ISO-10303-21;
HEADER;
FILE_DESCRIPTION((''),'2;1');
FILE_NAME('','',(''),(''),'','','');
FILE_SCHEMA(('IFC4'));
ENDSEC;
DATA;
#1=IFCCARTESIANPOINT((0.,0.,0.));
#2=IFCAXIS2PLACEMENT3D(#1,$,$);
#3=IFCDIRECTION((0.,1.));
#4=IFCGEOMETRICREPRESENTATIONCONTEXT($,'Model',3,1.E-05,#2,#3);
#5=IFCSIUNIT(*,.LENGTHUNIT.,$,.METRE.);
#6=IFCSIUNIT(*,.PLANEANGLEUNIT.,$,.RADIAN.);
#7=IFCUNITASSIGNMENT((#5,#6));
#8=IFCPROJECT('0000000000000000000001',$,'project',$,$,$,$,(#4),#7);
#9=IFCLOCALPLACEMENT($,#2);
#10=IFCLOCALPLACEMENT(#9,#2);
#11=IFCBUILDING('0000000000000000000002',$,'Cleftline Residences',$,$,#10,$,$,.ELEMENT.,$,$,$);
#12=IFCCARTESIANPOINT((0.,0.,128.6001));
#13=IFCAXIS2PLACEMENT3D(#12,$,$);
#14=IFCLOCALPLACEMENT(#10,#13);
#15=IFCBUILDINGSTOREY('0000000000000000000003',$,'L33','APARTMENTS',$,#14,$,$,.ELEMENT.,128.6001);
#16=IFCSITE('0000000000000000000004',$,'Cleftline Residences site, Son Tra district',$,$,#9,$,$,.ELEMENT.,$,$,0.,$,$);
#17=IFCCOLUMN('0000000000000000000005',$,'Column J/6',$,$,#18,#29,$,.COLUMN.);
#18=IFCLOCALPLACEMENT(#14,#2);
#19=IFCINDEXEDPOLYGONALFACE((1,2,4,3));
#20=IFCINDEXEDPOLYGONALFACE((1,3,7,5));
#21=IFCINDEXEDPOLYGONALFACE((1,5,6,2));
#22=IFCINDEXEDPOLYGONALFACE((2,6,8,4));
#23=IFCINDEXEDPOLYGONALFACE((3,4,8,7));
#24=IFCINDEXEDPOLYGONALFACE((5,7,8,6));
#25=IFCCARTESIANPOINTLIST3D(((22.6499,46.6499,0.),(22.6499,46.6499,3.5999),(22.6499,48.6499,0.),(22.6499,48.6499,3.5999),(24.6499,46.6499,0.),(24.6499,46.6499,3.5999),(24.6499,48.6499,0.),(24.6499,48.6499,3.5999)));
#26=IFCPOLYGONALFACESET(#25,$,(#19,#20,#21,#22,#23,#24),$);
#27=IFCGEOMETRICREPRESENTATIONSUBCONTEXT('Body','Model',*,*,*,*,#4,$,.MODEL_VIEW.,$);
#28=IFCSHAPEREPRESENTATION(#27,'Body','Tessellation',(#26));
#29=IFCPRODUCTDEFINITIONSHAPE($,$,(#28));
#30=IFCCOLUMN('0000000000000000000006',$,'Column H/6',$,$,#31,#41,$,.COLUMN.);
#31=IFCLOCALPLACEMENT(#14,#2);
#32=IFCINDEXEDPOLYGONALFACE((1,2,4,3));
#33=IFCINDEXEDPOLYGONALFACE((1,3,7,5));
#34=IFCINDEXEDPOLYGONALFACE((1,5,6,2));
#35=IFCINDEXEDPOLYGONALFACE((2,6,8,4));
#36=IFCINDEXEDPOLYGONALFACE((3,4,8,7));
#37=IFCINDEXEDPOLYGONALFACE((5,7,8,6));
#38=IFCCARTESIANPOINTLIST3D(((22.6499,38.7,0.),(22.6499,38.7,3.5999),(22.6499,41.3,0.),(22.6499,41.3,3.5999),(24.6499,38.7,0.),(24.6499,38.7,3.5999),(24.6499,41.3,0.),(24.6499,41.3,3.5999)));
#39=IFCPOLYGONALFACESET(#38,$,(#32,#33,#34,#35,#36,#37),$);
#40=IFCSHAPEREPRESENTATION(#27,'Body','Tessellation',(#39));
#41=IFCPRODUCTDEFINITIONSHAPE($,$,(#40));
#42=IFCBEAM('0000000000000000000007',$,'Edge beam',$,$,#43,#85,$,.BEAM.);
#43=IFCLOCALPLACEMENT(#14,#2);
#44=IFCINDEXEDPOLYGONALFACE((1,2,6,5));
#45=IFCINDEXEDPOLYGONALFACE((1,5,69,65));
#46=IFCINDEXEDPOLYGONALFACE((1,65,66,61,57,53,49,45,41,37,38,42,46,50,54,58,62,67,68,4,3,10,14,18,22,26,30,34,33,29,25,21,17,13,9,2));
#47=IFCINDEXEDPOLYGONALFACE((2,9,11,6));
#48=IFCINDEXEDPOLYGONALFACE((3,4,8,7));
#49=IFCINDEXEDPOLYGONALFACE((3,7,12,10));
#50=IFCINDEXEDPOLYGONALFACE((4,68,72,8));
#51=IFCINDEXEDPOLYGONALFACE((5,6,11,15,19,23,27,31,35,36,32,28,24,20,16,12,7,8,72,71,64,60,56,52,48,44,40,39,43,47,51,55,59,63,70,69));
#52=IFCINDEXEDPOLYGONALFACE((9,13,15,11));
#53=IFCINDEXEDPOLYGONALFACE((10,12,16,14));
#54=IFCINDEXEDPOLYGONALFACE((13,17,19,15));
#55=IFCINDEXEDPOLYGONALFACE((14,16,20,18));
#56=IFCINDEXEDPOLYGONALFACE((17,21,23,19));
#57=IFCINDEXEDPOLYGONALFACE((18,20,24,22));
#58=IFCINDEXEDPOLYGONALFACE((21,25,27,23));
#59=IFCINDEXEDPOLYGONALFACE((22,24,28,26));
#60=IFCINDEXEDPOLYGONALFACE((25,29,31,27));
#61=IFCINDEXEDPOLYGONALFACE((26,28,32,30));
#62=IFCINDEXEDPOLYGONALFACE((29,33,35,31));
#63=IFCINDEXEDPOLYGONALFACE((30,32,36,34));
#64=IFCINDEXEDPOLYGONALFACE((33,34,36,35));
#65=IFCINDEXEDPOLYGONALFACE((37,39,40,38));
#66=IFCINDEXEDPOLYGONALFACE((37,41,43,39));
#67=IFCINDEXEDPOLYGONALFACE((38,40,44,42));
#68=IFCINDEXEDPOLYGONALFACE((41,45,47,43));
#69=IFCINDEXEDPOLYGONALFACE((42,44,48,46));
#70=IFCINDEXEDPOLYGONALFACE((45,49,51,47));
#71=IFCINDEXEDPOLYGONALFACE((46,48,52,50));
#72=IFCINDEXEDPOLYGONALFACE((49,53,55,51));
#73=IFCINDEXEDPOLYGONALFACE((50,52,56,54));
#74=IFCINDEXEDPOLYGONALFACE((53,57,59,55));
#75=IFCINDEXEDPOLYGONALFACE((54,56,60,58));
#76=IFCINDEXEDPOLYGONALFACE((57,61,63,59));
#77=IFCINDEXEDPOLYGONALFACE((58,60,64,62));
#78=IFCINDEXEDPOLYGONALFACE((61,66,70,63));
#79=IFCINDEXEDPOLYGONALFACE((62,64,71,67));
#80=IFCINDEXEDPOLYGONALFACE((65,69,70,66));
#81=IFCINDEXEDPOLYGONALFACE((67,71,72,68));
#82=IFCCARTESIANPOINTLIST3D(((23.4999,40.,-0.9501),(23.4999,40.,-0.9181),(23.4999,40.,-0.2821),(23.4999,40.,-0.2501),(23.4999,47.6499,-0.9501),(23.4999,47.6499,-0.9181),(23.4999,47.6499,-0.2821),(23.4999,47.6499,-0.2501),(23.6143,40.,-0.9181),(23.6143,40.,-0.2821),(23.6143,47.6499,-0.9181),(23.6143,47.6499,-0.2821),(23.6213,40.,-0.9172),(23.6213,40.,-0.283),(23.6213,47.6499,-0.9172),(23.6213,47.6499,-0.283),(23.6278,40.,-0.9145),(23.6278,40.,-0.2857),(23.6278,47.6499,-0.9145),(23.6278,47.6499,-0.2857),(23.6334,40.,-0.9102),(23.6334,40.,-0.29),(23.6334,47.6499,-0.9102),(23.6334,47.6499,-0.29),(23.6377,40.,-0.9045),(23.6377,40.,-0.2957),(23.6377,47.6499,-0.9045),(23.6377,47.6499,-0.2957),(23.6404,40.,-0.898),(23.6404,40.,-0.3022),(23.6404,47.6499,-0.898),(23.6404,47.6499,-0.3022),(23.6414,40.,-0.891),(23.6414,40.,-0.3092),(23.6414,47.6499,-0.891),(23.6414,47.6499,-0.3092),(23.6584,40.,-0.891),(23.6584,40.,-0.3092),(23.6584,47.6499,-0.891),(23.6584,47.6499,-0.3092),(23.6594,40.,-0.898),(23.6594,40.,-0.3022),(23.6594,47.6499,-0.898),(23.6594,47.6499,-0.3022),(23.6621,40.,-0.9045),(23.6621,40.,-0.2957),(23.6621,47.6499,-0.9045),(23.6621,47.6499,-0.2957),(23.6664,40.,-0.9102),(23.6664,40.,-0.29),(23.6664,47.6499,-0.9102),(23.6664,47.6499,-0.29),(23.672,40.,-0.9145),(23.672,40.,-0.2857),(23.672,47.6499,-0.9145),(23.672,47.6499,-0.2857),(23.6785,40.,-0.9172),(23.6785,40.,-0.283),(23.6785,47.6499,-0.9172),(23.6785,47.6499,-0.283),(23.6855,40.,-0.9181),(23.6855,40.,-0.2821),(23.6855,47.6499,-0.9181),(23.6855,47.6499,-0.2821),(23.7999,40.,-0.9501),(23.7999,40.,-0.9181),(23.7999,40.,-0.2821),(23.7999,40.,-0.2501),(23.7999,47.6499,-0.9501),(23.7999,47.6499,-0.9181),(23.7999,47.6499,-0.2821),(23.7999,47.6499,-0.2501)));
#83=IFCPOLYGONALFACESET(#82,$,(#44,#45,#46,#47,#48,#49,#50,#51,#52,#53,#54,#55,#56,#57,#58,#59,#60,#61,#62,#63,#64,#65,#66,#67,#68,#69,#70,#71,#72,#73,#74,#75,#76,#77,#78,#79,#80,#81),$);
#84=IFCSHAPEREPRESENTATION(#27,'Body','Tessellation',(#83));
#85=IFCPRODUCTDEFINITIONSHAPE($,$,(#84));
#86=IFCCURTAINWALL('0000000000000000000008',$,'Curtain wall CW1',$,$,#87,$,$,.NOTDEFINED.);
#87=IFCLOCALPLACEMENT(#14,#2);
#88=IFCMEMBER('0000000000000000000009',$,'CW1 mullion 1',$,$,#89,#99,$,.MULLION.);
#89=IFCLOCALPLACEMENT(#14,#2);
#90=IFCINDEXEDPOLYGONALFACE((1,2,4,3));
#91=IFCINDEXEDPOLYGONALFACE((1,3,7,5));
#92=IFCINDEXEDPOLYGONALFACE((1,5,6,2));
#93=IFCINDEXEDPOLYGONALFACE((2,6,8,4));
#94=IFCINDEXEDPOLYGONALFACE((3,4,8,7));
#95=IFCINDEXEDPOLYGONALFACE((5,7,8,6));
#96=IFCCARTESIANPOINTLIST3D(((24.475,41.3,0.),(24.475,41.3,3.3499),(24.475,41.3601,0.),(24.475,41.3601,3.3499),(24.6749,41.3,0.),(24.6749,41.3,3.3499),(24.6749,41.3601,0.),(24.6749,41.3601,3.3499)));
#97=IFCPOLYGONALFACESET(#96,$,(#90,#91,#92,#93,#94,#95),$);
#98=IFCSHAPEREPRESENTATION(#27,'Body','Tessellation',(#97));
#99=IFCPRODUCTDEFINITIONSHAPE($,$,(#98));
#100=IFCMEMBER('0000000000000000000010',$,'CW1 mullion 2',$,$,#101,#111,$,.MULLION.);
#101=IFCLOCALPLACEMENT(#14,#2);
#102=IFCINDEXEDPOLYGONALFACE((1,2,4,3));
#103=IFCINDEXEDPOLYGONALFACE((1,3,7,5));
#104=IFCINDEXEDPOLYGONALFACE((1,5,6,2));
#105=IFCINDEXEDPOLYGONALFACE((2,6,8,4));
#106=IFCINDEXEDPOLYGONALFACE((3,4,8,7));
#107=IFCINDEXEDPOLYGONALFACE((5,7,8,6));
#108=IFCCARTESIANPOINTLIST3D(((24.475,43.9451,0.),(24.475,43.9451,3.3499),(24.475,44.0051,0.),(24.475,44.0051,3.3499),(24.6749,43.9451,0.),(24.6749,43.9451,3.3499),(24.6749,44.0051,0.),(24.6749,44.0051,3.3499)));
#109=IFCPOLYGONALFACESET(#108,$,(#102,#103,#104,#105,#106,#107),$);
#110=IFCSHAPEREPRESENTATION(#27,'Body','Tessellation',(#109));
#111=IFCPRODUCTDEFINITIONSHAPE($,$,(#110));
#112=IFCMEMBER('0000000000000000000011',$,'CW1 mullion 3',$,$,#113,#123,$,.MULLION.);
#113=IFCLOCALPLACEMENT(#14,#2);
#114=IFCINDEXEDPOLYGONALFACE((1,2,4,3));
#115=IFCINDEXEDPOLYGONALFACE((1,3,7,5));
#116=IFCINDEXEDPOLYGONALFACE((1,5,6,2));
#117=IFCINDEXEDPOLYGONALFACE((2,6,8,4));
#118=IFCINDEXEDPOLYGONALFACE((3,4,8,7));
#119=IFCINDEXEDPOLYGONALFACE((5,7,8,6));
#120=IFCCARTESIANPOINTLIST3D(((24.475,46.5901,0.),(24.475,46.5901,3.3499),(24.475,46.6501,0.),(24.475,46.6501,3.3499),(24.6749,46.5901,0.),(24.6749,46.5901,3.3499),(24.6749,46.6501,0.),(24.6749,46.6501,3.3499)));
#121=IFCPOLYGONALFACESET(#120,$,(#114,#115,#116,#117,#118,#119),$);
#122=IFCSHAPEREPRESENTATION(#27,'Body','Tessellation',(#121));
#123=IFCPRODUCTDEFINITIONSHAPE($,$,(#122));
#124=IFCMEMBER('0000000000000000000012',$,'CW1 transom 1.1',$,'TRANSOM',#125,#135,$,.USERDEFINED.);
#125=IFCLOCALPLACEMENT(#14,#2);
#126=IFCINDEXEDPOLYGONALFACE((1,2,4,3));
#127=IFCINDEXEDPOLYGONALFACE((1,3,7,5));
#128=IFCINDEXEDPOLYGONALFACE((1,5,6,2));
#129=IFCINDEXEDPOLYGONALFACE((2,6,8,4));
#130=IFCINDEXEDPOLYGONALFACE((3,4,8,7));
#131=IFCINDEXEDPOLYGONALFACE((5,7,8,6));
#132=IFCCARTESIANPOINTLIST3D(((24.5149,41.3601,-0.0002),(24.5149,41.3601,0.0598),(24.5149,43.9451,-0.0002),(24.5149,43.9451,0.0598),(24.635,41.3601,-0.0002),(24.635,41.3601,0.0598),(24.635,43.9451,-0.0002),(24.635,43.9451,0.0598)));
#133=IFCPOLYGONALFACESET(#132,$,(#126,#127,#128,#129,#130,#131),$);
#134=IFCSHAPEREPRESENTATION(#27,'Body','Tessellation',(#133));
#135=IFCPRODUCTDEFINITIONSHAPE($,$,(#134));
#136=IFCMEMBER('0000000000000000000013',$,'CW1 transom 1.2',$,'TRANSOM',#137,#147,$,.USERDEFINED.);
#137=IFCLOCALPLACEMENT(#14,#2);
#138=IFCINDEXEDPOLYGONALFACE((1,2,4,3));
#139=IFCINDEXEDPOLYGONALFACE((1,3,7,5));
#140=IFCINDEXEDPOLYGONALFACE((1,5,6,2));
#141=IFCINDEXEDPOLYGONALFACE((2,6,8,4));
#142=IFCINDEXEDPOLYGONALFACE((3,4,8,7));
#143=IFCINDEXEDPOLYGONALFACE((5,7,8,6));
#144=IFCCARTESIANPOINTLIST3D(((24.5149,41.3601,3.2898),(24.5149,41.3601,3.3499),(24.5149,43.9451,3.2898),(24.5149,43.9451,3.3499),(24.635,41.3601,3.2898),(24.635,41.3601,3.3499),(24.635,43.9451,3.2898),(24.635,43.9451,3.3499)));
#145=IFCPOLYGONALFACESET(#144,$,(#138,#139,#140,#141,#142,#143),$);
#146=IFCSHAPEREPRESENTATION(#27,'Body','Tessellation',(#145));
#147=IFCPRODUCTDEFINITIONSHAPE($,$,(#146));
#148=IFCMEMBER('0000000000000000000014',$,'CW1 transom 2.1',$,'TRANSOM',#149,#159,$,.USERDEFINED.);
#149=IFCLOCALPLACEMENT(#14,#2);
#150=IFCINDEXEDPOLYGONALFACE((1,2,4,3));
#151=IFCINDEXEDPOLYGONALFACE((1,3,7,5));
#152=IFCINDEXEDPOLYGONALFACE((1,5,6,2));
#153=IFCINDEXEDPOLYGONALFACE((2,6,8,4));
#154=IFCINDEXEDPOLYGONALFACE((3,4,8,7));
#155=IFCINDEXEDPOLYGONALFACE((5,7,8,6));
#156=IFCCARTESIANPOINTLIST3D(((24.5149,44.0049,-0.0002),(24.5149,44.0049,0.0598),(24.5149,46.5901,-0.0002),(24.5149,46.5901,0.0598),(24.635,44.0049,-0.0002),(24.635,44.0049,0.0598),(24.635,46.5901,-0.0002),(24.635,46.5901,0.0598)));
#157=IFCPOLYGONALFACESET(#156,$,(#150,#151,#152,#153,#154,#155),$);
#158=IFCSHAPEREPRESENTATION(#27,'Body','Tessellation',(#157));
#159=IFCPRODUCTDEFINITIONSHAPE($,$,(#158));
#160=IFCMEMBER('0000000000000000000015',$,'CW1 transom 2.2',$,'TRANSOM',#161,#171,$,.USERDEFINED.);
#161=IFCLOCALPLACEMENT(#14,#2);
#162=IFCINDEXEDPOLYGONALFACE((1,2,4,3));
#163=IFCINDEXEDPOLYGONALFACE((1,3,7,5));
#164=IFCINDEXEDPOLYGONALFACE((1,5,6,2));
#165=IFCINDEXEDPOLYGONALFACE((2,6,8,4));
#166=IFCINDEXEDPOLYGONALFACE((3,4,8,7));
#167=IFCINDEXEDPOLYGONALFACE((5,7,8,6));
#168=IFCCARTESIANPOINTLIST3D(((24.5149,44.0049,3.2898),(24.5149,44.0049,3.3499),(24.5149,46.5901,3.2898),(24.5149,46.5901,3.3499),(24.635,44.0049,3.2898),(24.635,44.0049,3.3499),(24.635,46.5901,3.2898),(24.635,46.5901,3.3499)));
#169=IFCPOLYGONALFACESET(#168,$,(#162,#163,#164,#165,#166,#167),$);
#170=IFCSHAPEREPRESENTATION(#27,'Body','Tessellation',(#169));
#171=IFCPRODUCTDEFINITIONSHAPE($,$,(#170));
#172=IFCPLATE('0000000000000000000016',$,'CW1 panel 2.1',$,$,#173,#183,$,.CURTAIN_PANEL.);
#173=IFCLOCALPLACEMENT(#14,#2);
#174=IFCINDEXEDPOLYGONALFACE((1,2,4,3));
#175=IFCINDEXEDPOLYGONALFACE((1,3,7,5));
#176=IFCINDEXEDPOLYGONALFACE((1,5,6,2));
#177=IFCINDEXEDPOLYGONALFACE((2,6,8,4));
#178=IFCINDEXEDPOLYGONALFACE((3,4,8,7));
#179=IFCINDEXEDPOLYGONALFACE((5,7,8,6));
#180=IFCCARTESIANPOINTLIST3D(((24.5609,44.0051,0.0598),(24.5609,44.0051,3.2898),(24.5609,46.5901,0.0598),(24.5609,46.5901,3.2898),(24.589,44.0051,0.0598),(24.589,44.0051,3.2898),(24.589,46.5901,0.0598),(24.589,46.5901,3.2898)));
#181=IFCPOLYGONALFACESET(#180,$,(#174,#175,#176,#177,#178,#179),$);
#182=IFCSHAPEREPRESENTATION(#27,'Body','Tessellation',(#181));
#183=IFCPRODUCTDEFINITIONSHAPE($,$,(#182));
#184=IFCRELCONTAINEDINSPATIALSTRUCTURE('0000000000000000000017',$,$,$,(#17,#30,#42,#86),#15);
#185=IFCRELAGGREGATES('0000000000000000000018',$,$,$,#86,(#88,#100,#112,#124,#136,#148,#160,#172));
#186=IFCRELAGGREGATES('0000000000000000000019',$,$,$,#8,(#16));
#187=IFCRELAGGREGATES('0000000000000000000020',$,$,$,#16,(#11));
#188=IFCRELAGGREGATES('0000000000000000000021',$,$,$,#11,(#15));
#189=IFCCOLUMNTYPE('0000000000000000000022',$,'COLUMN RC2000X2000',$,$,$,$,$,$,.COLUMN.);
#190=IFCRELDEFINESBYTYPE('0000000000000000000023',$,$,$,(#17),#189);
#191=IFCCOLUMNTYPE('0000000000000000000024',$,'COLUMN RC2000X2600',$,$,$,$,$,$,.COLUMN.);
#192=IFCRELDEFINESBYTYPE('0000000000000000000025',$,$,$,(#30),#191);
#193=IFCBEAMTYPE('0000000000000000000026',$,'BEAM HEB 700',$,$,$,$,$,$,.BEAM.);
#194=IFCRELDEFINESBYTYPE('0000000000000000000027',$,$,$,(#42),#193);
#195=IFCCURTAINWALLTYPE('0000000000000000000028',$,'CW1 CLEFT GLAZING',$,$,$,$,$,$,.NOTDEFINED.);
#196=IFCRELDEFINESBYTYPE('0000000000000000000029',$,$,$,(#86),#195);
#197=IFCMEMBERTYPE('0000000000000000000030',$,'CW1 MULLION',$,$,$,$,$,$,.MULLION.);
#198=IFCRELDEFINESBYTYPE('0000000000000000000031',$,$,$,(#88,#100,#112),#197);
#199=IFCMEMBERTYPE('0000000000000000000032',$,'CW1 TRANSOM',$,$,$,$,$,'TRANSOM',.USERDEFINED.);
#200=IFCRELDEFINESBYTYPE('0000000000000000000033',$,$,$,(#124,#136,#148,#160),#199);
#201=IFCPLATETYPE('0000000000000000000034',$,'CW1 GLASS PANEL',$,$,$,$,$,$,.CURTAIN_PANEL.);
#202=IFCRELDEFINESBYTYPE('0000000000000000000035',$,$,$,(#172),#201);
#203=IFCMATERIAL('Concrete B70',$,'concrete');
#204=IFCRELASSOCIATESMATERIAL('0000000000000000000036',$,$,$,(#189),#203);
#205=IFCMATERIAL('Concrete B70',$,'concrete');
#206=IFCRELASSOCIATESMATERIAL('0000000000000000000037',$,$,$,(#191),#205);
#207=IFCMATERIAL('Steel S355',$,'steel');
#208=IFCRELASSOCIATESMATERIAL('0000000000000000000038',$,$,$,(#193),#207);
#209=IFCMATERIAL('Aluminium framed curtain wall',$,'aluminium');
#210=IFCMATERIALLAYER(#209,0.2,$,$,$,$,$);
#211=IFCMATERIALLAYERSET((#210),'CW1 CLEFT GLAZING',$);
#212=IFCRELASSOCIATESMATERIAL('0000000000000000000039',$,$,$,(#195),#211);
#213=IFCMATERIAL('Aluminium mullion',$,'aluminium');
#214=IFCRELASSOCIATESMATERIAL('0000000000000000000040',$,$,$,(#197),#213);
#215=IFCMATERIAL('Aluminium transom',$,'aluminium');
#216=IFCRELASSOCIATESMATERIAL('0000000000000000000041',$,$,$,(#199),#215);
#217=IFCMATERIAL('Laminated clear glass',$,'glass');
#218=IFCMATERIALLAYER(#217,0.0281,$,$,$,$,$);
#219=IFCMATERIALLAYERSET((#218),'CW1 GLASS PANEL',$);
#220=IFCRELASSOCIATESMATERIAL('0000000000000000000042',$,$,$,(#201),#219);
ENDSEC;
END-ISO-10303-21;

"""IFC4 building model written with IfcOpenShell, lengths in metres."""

from ifc_helpers import new_model, si_unit, direction, frame, origin, origin_2d, place, context, subcontext, project, spatial, rectangle, i_section, extrude, material, layer, layer_set, material_profile, profile_set, type_object, element, aggregate, save


model = new_model("IFC4")

# Units and contexts
model_context = context("Model", 3, precision=1e-05, world=origin(), true_north=direction((0.0, 1.0)))
body_context = subcontext(model_context, "Body", "Model", "MODEL_VIEW")
ifc_project = project(units=[si_unit("LENGTHUNIT", "METRE"), si_unit("PLANEANGLEUNIT", "RADIAN")], contexts=[model_context])

# Site, building, storey
site_placement = place(None, origin())
site = spatial("IfcSite", under=ifc_project, at=site_placement, Name="Cleftline Residences site, Son Tra district", CompositionType="ELEMENT", RefElevation=0.0)
building_placement = place(site_placement, origin())
building = spatial("IfcBuilding", under=site, at=building_placement, Name="Cleftline Residences", CompositionType="ELEMENT")
storey_placement = place(building_placement, frame((0.0, 0.0, 128.6001)))
storey = spatial("IfcBuildingStorey", under=building, at=storey_placement, Name="L33", Description="APARTMENTS", CompositionType="ELEMENT", Elevation=128.6001)

# Columns
ifc_material_1 = material(Name="Concrete B70", Category="concrete")
ifc_material_profile_1 = material_profile(ifc_material_1, rectangle(XDim=2.0, YDim=2.0, at=origin_2d()))
ifc_profile_set_1 = profile_set([ifc_material_profile_1], Name="Concrete B70")
column_type_1 = type_object("IfcColumnType", Name="COLUMN RC2000X2000", PredefinedType="COLUMN", material=ifc_profile_set_1)
column_1_placement = place(storey_placement, frame((23.6499, 47.6499, 0.0), z_axis=(0.0, 0.0, 1.0), x_axis=(1.0, 0.0, 0.0)))
element("IfcColumn", 1, at=column_1_placement, inside=storey, type_object=column_type_1, Name="Column J/6", PredefinedType="COLUMN", context=body_context, shape_type="SweptSolid", body=[
    extrude(rectangle(XDim=2.0, YDim=2.0, at=origin_2d()), origin(), (0.0, 0.0, 1.0), 3.5999),
])
ifc_material_2 = material(Name="Concrete B70", Category="concrete")
ifc_material_profile_2 = material_profile(ifc_material_2, rectangle(XDim=2.0, YDim=2.6001, at=origin_2d()))
ifc_profile_set_2 = profile_set([ifc_material_profile_2], Name="Concrete B70")
column_type_2 = type_object("IfcColumnType", Name="COLUMN RC2000X2600", PredefinedType="COLUMN", material=ifc_profile_set_2)
column_2_placement = place(storey_placement, frame((23.6499, 40.0, 0.0), z_axis=(0.0, 0.0, 1.0), x_axis=(1.0, 0.0, 0.0)))
element("IfcColumn", 2, at=column_2_placement, inside=storey, type_object=column_type_2, Name="Column H/6", PredefinedType="COLUMN", context=body_context, shape_type="SweptSolid", body=[
    extrude(rectangle(XDim=2.0, YDim=2.6001, at=origin_2d()), origin(), (0.0, 0.0, 1.0), 3.5999),
])

# Beam
ifc_material_3 = material(Name="Steel S355", Category="steel")
ifc_material_profile_3 = material_profile(ifc_material_3, i_section(OverallWidth=0.3, OverallDepth=0.7, WebThickness=0.0171, FlangeThickness=0.032, FilletRadius=0.0271, at=origin_2d()))
ifc_profile_set_3 = profile_set([ifc_material_profile_3], Name="Steel S355")
beam_type = type_object("IfcBeamType", Name="BEAM HEB 700", PredefinedType="BEAM", material=ifc_profile_set_3)
beam_placement = place(storey_placement, frame((23.6499, 47.6499, -0.6001), z_axis=(0.0, -1.0, 0.0), x_axis=(1.0, 0.0, 0.0)))
element("IfcBeam", 3, at=beam_placement, inside=storey, type_object=beam_type, Name="Edge beam", PredefinedType="BEAM", context=body_context, shape_type="SweptSolid", body=[
    extrude(i_section(OverallWidth=0.3, OverallDepth=0.7, WebThickness=0.0171, FlangeThickness=0.032, FilletRadius=0.0271, at=origin_2d()), origin(), (0.0, 0.0, 1.0), 7.6499),
])

# Curtain wall, members, plate
ifc_material_4 = material(Name="Aluminium framed curtain wall", Category="aluminium")
ifc_layer_1 = layer(ifc_material_4, 0.2)
ifc_layer_set_1 = layer_set([ifc_layer_1], Name="CW1 CLEFT GLAZING")
curtain_wall_type = type_object("IfcCurtainWallType", Name="CW1 CLEFT GLAZING", PredefinedType="NOTDEFINED", material=ifc_layer_set_1)
curtain_wall_placement = place(storey_placement, origin())
curtain_wall = element("IfcCurtainWall", 4, at=curtain_wall_placement, inside=storey, type_object=curtain_wall_type, Name="Curtain wall CW1", PredefinedType="NOTDEFINED")
ifc_material_5 = material(Name="Aluminium mullion", Category="aluminium")
ifc_material_profile_4 = material_profile(ifc_material_5, rectangle(XDim=0.2, YDim=0.0601, at=origin_2d()))
ifc_profile_set_4 = profile_set([ifc_material_profile_4], Name="Aluminium mullion")
member_type_1 = type_object("IfcMemberType", Name="CW1 MULLION", PredefinedType="MULLION", material=ifc_profile_set_4)
member_1_placement = place(storey_placement, frame((24.575, 41.3301, 0.0), z_axis=(0.0, 0.0, 1.0), x_axis=(-1.0, 0.0, 0.0)))
member_1 = element("IfcMember", 5, at=member_1_placement, type_object=member_type_1, Name="CW1 mullion 1", PredefinedType="MULLION", context=body_context, shape_type="SweptSolid", body=[
    extrude(rectangle(XDim=0.2, YDim=0.0601, at=origin_2d()), origin(), (0.0, 0.0, 1.0), 3.3499),
])
member_2_placement = place(storey_placement, frame((24.575, 43.9751, 0.0), z_axis=(0.0, 0.0, 1.0), x_axis=(-1.0, 0.0, 0.0)))
member_2 = element("IfcMember", 6, at=member_2_placement, type_object=member_type_1, Name="CW1 mullion 2", PredefinedType="MULLION", context=body_context, shape_type="SweptSolid", body=[
    extrude(rectangle(XDim=0.2, YDim=0.0601, at=origin_2d()), origin(), (0.0, 0.0, 1.0), 3.3499),
])
member_3_placement = place(storey_placement, frame((24.575, 46.6201, 0.0), z_axis=(0.0, 0.0, 1.0), x_axis=(-1.0, 0.0, 0.0)))
member_3 = element("IfcMember", 7, at=member_3_placement, type_object=member_type_1, Name="CW1 mullion 3", PredefinedType="MULLION", context=body_context, shape_type="SweptSolid", body=[
    extrude(rectangle(XDim=0.2, YDim=0.0601, at=origin_2d()), origin(), (0.0, 0.0, 1.0), 3.3499),
])
ifc_material_6 = material(Name="Aluminium transom", Category="aluminium")
ifc_material_profile_5 = material_profile(ifc_material_6, rectangle(XDim=0.1201, YDim=0.0601, at=origin_2d()))
ifc_profile_set_5 = profile_set([ifc_material_profile_5], Name="Aluminium transom")
member_type_2 = type_object("IfcMemberType", Name="CW1 TRANSOM", ElementType="TRANSOM", PredefinedType="USERDEFINED", material=ifc_profile_set_5)
member_4_placement = place(storey_placement, frame((24.575, 41.3601, 0.0298), z_axis=(0.0, 1.0, 0.0), x_axis=(-1.0, 0.0, 0.0)))
member_4 = element("IfcMember", 8, at=member_4_placement, type_object=member_type_2, Name="CW1 transom 1.1", ObjectType="TRANSOM", PredefinedType="USERDEFINED", context=body_context, shape_type="SweptSolid", body=[
    extrude(rectangle(XDim=0.1201, YDim=0.0601, at=origin_2d()), origin(), (0.0, 0.0, 1.0), 2.585),
])
member_5_placement = place(storey_placement, frame((24.575, 41.3601, 3.3198), z_axis=(0.0, 1.0, 0.0), x_axis=(-1.0, 0.0, 0.0)))
member_5 = element("IfcMember", 9, at=member_5_placement, type_object=member_type_2, Name="CW1 transom 1.2", ObjectType="TRANSOM", PredefinedType="USERDEFINED", context=body_context, shape_type="SweptSolid", body=[
    extrude(rectangle(XDim=0.1201, YDim=0.0601, at=origin_2d()), origin(), (0.0, 0.0, 1.0), 2.585),
])
member_6_placement = place(storey_placement, frame((24.575, 44.0049, 0.0298), z_axis=(0.0, 1.0, 0.0), x_axis=(-1.0, 0.0, 0.0)))
member_6 = element("IfcMember", 10, at=member_6_placement, type_object=member_type_2, Name="CW1 transom 2.1", ObjectType="TRANSOM", PredefinedType="USERDEFINED", context=body_context, shape_type="SweptSolid", body=[
    extrude(rectangle(XDim=0.1201, YDim=0.0601, at=origin_2d()), origin(), (0.0, 0.0, 1.0), 2.5852),
])
member_7_placement = place(storey_placement, frame((24.575, 44.0049, 3.3198), z_axis=(0.0, 1.0, 0.0), x_axis=(-1.0, 0.0, 0.0)))
member_7 = element("IfcMember", 11, at=member_7_placement, type_object=member_type_2, Name="CW1 transom 2.2", ObjectType="TRANSOM", PredefinedType="USERDEFINED", context=body_context, shape_type="SweptSolid", body=[
    extrude(rectangle(XDim=0.1201, YDim=0.0601, at=origin_2d()), origin(), (0.0, 0.0, 1.0), 2.5852),
])
ifc_material_7 = material(Name="Laminated clear glass", Category="glass")
ifc_layer_2 = layer(ifc_material_7, 0.0281)
ifc_layer_set_2 = layer_set([ifc_layer_2], Name="CW1 GLASS PANEL")
plate_type_1 = type_object("IfcPlateType", Name="CW1 GLASS PANEL", PredefinedType="CURTAIN_PANEL", material=ifc_layer_set_2)
plate_1_placement = place(storey_placement, frame((24.575, 45.2976, 0.0598), z_axis=(0.0, 0.0, 1.0), x_axis=(0.0, 1.0, 0.0)))
plate_1 = element("IfcPlate", 12, at=plate_1_placement, type_object=plate_type_1, Name="CW1 panel 2.1", PredefinedType="CURTAIN_PANEL", context=body_context, shape_type="SweptSolid", body=[
    extrude(rectangle(XDim=2.585, YDim=0.0281, at=origin_2d()), origin(), (0.0, 0.0, 1.0), 3.23),
])
aggregate(curtain_wall, [member_1, member_2, member_3, member_4, member_5, member_6, member_7, plate_1])

save(model, "model.ifc")
